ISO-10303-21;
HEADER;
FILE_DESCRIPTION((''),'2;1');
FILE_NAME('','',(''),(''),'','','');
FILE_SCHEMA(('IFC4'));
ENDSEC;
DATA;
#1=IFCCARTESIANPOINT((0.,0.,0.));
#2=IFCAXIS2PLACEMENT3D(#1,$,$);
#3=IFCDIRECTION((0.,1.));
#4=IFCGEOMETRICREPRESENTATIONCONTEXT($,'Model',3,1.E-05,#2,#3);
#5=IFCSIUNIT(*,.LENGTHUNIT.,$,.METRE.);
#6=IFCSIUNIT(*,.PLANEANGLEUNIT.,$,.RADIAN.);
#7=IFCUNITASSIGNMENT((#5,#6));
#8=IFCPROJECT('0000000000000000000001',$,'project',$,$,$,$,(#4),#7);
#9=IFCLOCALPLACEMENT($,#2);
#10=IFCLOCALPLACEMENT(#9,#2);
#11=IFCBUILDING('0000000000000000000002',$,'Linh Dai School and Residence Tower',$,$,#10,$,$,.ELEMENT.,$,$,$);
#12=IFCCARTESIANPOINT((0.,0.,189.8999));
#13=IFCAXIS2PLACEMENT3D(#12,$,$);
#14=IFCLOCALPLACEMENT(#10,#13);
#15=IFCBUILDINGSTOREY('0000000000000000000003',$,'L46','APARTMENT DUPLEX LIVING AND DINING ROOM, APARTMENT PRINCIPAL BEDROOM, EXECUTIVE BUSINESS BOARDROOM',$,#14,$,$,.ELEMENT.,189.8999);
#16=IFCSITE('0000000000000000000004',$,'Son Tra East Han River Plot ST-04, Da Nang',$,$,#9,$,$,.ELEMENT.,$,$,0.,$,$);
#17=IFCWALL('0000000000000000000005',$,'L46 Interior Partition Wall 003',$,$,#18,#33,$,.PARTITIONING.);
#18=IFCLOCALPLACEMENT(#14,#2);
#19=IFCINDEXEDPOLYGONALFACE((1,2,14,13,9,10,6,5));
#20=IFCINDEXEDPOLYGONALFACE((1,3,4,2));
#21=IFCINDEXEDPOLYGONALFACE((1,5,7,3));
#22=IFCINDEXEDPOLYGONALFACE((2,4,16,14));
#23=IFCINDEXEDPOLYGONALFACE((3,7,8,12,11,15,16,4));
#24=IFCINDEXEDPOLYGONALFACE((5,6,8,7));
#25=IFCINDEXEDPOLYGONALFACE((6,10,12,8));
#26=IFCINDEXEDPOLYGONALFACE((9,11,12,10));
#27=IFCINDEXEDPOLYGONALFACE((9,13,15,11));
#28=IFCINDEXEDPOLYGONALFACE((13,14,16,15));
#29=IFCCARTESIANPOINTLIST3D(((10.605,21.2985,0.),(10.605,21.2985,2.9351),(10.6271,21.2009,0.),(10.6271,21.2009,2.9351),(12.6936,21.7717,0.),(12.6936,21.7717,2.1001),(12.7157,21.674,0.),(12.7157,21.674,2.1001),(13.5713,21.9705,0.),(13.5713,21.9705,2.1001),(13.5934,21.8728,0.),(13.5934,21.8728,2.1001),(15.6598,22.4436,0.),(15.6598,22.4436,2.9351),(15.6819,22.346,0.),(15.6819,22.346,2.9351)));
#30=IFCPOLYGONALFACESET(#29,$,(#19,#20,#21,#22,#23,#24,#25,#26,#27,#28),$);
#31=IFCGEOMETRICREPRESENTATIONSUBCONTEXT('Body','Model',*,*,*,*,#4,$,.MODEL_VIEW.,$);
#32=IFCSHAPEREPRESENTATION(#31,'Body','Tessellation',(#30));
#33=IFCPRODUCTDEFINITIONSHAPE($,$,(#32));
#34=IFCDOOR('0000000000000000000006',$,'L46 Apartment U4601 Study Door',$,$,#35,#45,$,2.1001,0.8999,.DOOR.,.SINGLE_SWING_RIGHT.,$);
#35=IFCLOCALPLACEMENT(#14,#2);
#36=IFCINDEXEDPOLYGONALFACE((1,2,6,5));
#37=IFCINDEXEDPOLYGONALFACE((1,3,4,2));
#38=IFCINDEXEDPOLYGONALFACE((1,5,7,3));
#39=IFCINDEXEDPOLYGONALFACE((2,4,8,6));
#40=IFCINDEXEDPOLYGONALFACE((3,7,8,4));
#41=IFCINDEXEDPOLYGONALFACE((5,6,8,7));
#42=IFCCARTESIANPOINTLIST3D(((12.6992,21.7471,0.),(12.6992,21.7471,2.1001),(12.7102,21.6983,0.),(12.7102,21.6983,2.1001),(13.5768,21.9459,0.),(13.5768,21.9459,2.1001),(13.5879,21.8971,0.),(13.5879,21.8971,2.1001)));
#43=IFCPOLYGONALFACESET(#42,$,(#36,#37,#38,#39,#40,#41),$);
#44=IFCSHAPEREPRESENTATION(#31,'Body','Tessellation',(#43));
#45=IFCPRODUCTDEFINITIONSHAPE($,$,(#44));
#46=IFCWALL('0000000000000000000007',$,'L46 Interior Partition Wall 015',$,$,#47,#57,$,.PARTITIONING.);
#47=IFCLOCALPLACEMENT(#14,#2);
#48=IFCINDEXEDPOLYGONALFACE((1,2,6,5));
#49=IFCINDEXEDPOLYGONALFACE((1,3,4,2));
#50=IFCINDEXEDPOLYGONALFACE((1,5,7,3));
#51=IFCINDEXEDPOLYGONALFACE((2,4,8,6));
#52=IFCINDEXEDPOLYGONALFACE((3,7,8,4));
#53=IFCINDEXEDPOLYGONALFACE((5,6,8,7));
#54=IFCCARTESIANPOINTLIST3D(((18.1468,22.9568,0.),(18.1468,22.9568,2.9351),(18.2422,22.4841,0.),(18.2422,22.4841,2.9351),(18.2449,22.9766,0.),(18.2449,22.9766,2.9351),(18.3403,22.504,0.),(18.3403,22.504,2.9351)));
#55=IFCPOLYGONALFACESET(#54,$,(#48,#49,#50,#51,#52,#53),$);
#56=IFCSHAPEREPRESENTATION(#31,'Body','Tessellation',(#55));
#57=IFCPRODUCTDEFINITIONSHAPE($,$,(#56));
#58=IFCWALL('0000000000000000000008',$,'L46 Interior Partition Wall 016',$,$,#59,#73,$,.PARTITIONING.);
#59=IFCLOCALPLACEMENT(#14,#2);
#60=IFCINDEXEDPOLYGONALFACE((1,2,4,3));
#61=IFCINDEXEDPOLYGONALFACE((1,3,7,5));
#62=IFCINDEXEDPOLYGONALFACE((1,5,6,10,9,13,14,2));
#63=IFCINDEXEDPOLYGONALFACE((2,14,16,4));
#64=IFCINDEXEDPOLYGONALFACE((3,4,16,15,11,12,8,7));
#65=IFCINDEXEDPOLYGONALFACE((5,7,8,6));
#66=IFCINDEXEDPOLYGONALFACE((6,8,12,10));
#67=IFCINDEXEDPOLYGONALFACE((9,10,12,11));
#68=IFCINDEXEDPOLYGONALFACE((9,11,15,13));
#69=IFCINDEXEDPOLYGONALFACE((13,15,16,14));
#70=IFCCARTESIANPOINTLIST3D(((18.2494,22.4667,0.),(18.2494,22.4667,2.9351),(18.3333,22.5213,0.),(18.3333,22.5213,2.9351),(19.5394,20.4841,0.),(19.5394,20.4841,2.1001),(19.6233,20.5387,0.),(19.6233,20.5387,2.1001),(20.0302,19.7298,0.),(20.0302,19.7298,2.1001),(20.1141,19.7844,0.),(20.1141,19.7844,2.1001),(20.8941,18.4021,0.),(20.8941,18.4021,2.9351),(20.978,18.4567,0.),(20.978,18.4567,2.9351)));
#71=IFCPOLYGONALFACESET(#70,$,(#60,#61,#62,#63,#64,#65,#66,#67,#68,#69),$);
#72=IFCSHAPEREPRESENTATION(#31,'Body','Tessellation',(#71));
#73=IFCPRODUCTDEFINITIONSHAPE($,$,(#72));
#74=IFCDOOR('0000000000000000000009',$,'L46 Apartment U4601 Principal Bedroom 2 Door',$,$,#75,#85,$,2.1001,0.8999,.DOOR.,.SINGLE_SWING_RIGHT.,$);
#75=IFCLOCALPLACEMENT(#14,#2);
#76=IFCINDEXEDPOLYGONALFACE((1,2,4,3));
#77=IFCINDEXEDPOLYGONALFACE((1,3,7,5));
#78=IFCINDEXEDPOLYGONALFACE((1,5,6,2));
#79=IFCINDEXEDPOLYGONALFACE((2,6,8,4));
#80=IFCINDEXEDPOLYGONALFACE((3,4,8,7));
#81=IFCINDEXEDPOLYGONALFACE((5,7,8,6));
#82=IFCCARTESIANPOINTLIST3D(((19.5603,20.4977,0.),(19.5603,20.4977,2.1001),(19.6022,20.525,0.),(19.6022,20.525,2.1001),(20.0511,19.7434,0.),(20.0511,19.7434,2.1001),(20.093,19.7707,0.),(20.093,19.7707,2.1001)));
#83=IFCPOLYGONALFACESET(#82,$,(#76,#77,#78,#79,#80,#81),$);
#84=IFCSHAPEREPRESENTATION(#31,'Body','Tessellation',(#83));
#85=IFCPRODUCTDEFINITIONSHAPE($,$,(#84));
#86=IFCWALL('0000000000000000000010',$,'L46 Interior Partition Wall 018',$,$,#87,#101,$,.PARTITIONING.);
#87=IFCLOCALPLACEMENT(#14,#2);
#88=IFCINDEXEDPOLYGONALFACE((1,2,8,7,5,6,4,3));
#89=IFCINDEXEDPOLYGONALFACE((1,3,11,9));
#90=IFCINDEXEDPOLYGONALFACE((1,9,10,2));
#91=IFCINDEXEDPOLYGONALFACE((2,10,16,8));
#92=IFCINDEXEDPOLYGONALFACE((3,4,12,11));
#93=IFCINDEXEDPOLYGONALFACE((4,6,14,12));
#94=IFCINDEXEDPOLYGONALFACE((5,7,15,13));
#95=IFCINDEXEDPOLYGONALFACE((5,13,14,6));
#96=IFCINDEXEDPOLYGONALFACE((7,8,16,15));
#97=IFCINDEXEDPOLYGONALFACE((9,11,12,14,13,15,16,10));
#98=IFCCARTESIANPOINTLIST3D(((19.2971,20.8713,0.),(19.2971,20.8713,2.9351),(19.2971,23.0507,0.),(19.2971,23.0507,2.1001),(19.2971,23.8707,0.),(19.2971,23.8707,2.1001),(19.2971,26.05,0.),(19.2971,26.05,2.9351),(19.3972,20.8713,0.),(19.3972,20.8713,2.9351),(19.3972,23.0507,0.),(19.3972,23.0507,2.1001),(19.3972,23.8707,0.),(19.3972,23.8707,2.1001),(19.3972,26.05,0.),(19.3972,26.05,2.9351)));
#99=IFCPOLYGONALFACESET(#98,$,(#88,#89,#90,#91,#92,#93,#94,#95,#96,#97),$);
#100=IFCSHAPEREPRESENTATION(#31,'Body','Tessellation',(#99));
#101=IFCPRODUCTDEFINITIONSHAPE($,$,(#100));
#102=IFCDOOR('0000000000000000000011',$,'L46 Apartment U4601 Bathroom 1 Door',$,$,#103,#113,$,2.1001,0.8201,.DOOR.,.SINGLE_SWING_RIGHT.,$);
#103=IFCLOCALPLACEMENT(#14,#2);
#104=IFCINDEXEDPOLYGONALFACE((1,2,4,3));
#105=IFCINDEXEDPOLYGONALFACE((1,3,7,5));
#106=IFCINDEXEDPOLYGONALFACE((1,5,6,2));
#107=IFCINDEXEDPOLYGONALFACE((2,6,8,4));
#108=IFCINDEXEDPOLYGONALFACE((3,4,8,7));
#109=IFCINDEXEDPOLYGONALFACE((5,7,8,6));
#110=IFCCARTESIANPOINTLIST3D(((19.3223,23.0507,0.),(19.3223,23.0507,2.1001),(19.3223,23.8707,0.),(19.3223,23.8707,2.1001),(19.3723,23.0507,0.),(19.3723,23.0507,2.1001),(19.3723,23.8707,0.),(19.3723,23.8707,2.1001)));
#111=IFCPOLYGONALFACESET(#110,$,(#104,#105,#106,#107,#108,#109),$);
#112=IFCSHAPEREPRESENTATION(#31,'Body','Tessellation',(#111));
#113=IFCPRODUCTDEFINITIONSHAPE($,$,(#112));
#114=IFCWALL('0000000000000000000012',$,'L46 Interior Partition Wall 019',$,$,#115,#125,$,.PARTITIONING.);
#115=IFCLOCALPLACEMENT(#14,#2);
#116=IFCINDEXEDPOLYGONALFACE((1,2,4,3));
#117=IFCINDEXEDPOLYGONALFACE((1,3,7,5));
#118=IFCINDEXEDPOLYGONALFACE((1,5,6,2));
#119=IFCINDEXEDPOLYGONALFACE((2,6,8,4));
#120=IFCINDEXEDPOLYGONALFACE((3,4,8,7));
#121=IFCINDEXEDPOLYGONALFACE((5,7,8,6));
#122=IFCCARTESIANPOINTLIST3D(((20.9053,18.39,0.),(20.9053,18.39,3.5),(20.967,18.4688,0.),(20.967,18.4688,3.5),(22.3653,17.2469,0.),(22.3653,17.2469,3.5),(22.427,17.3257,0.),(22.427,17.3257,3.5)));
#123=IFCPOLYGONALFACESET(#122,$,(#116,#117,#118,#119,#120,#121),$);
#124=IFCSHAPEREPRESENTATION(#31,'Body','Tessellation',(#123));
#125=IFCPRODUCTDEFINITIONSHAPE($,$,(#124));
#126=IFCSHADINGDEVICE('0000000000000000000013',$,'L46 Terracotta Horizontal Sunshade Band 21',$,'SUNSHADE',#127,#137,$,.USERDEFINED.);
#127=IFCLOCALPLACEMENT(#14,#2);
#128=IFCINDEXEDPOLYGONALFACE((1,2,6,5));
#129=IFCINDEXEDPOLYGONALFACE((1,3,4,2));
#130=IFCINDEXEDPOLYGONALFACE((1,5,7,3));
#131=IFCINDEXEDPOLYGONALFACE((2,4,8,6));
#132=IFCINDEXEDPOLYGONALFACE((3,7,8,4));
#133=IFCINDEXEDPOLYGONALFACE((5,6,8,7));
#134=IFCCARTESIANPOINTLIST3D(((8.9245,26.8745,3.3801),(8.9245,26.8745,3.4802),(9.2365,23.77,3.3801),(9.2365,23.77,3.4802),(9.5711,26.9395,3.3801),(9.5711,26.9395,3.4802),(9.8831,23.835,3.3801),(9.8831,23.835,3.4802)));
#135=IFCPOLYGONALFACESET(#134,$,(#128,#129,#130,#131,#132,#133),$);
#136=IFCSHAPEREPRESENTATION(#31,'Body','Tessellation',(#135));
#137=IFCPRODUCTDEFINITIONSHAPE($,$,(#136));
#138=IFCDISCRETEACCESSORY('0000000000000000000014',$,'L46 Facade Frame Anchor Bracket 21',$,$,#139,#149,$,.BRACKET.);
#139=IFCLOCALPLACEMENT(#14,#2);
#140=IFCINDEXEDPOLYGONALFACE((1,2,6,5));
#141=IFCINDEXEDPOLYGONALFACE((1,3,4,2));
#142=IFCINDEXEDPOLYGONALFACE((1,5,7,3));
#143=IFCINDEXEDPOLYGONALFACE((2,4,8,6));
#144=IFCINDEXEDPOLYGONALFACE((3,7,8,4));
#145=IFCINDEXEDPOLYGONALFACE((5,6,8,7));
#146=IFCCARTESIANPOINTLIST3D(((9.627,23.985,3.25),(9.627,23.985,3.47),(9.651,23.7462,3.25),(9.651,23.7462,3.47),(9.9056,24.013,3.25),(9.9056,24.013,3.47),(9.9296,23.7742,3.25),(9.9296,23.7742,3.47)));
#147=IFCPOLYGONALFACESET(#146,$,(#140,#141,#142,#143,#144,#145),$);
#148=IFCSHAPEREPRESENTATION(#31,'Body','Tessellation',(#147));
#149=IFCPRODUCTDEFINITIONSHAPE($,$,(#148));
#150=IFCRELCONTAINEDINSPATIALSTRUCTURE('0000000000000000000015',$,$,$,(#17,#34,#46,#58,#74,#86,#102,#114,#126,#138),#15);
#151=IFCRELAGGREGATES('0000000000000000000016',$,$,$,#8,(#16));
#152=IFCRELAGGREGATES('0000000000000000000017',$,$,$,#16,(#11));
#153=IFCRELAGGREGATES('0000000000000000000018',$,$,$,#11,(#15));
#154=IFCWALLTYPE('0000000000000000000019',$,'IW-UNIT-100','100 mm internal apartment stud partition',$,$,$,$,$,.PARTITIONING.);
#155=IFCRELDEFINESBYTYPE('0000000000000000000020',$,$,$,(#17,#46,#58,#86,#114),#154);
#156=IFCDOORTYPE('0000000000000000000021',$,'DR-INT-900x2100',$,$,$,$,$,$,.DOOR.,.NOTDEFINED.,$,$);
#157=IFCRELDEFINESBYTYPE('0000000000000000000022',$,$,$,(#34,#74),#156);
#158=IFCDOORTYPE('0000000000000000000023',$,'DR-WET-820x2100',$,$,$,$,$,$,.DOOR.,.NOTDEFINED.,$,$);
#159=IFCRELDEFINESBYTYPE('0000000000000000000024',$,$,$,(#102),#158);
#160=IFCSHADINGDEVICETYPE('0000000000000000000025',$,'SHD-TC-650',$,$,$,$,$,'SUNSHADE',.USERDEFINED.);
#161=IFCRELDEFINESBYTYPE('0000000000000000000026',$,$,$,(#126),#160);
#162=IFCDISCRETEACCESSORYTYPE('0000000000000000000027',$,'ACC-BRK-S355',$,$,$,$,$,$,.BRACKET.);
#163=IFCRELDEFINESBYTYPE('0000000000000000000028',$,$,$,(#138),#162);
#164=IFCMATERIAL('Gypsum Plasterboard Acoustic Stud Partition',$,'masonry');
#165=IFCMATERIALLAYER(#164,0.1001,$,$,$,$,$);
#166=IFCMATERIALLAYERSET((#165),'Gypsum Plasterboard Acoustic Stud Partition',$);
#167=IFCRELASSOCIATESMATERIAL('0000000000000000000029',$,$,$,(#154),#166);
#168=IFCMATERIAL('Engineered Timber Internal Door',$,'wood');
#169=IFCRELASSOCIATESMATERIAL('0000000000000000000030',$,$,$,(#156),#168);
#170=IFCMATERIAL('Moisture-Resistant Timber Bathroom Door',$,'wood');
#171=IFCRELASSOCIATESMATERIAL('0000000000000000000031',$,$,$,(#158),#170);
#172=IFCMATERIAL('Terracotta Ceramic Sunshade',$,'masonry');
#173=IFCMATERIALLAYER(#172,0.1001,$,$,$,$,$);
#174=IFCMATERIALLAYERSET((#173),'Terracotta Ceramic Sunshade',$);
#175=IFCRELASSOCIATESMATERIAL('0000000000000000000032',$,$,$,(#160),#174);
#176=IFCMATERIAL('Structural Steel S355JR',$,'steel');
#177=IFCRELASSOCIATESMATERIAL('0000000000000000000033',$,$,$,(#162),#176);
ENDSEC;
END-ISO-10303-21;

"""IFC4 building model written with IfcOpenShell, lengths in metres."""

from ifc_helpers import new_model, si_unit, direction, frame, frame_2d, origin, origin_2d, place, context, subcontext, project, spatial, rectangle, extrude, source, transform, mapped, material, layer, layer_set, type_object, element, fill, save


model = new_model("IFC4")

# Units and contexts
model_context = context("Model", 3, precision=1e-05, world=origin(), true_north=direction((0.0, 1.0)))
body_context = subcontext(model_context, "Body", "Model", "MODEL_VIEW")
ifc_project = project(units=[si_unit("LENGTHUNIT", "METRE"), si_unit("PLANEANGLEUNIT", "RADIAN")], contexts=[model_context])

# Site, building, storey
site_placement = place(None, origin())
site = spatial("IfcSite", under=ifc_project, at=site_placement, Name="Son Tra East Han River Plot ST-04, Da Nang", CompositionType="ELEMENT", RefElevation=0.0)
building_placement = place(site_placement, origin())
building = spatial("IfcBuilding", under=site, at=building_placement, Name="Linh Dai School and Residence Tower", CompositionType="ELEMENT")
storey_placement = place(building_placement, frame((0.0, 0.0, 189.8999)))
storey = spatial("IfcBuildingStorey", under=building, at=storey_placement, Name="L46", Description="APARTMENT DUPLEX LIVING AND DINING ROOM, APARTMENT PRINCIPAL BEDROOM, EXECUTIVE BUSINESS BOARDROOM", CompositionType="ELEMENT", Elevation=189.8999)

# Shared definitions
ifc_material_1 = material(Name="Structural Steel S355JR", Category="steel")

# Wall, opening, door
ifc_material_2 = material(Name="Gypsum Plasterboard Acoustic Stud Partition", Category="masonry")
ifc_layer_1 = layer(ifc_material_2, 0.1001)
ifc_layer_set_1 = layer_set([ifc_layer_1], Name="Gypsum Plasterboard Acoustic Stud Partition")
wall_type_1 = type_object("IfcWallType", Name="IW-UNIT-100", Description="100 mm internal apartment stud partition", PredefinedType="PARTITIONING", material=ifc_layer_set_1)
wall_1_placement = place(storey_placement, frame((10.6162, 21.2498, 0.0), z_axis=(0.0, 0.0, 1.0), x_axis=(0.97529, 0.220929, 0.0)))
wall_1 = element("IfcWall", 1, at=wall_1_placement, inside=storey, type_object=wall_type_1, Name="L46 Interior Partition Wall 003", PredefinedType="PARTITIONING", context=body_context, shape_type="SweptSolid", body=[
    extrude(rectangle(XDim=5.1829, YDim=0.1001, at=frame_2d((2.5913, 0.0))), origin(), (0.0, 0.0, 1.0), 2.9351),
])
opening_1_placement = place(wall_1_placement, frame((2.1414, 0.0, 0.0)))
opening_1 = element("IfcOpeningElement", 2, at=opening_1_placement, cuts=wall_1, PredefinedType="OPENING", context=body_context, shape_type="SweptSolid", body=[
    extrude(rectangle(XDim=0.8999, YDim=2.1001, at=origin_2d()), frame((0.45, 0.0601, 1.05), z_axis=(0.0, -1.0, 0.0), x_axis=(1.0, 0.0, 0.0)), (0.0, 0.0, 1.0), 0.1201),
])
ifc_material_3 = material(Name="Engineered Timber Internal Door", Category="wood")
door_type_1 = type_object("IfcDoorType", Name="DR-INT-900x2100", OperationType="NOTDEFINED", PredefinedType="DOOR", material=ifc_material_3)
shared_shape_1 = source(origin(), body_context, "Body", "SweptSolid", [
    extrude(rectangle(XDim=0.8999, YDim=2.1001, at=origin_2d()), frame((0.45, 0.0249, 1.05), z_axis=(0.0, -1.0, 0.0), x_axis=(1.0, 0.0, 0.0)), (0.0, 0.0, 1.0), 0.05),
])
door_1_placement = place(opening_1_placement, origin())
door_1 = element("IfcDoor", 3, at=door_1_placement, inside=storey, type_object=door_type_1, Name="L46 Apartment U4601 Study Door", OperationType="SINGLE_SWING_RIGHT", OverallHeight=2.1001, OverallWidth=0.8999, PredefinedType="DOOR", context=body_context, shape_type="MappedRepresentation", body=[
    mapped(shared_shape_1, transform((0.0, 0.0, 0.0), x_axis=(1.0, 0.0, 0.0), y_axis=(0.0, 1.0, 0.0), z_axis=(0.0, 0.0, 1.0), scale=1.0)),
])
fill(opening_1, door_1)

# Wall
wall_2_placement = place(storey_placement, frame((18.1958, 22.9668, 0.0), z_axis=(0.0, 0.0, 1.0), x_axis=(0.197966, -0.980209, 0.0)))
element("IfcWall", 4, at=wall_2_placement, inside=storey, type_object=wall_type_1, Name="L46 Interior Partition Wall 015", PredefinedType="PARTITIONING", context=body_context, shape_type="SweptSolid", body=[
    extrude(rectangle(XDim=0.4822, YDim=0.1001, at=frame_2d((0.2412, 0.0))), origin(), (0.0, 0.0, 1.0), 2.9351),
])

# Walls, openings, doors
wall_3_placement = place(storey_placement, frame((18.2913, 22.4941, 0.0), z_axis=(0.0, 0.0, 1.0), x_axis=(0.545383, -0.838187, 0.0)))
wall_3 = element("IfcWall", 5, at=wall_3_placement, inside=storey, type_object=wall_type_1, Name="L46 Interior Partition Wall 016", PredefinedType="PARTITIONING", context=body_context, shape_type="SweptSolid", body=[
    extrude(rectangle(XDim=4.8494, YDim=0.1001, at=frame_2d((2.4248, 0.0))), origin(), (0.0, 0.0, 1.0), 2.9351),
])
opening_2_placement = place(wall_3_placement, frame((2.3655, 0.0, 0.0)))
opening_2 = element("IfcOpeningElement", 6, at=opening_2_placement, cuts=wall_3, PredefinedType="OPENING", context=body_context, shape_type="SweptSolid", body=[
    extrude(rectangle(XDim=0.8999, YDim=2.1001, at=origin_2d()), frame((0.45, 0.0601, 1.05), z_axis=(0.0, -1.0, 0.0), x_axis=(1.0, 0.0, 0.0)), (0.0, 0.0, 1.0), 0.1201),
])
door_2_placement = place(opening_2_placement, origin())
door_2 = element("IfcDoor", 7, at=door_2_placement, inside=storey, type_object=door_type_1, Name="L46 Apartment U4601 Principal Bedroom 2 Door", OperationType="SINGLE_SWING_RIGHT", OverallHeight=2.1001, OverallWidth=0.8999, PredefinedType="DOOR", context=body_context, shape_type="MappedRepresentation", body=[
    mapped(shared_shape_1, transform((0.0, 0.0, 0.0), x_axis=(1.0, 0.0, 0.0), y_axis=(0.0, 1.0, 0.0), z_axis=(0.0, 0.0, 1.0), scale=1.0)),
])
fill(opening_2, door_2)
wall_4_placement = place(storey_placement, frame((19.3472, 20.8713, 0.0), z_axis=(0.0, 0.0, 1.0), x_axis=(0.0, 1.0, 0.0)))
wall_4 = element("IfcWall", 8, at=wall_4_placement, inside=storey, type_object=wall_type_1, Name="L46 Interior Partition Wall 018", PredefinedType="PARTITIONING", context=body_context, shape_type="SweptSolid", body=[
    extrude(rectangle(XDim=5.1787, YDim=0.1001, at=frame_2d((2.5894, 0.0))), origin(), (0.0, 0.0, 1.0), 2.9351),
])
opening_3_placement = place(wall_4_placement, frame((2.1792, 0.0, 0.0)))
opening_3 = element("IfcOpeningElement", 9, at=opening_3_placement, cuts=wall_4, PredefinedType="OPENING", context=body_context, shape_type="SweptSolid", body=[
    extrude(rectangle(XDim=0.8201, YDim=2.1001, at=origin_2d()), frame((0.4102, 0.0601, 1.05), z_axis=(0.0, -1.0, 0.0), x_axis=(1.0, 0.0, 0.0)), (0.0, 0.0, 1.0), 0.1201),
])
ifc_material_4 = material(Name="Moisture-Resistant Timber Bathroom Door", Category="wood")
door_type_2 = type_object("IfcDoorType", Name="DR-WET-820x2100", OperationType="NOTDEFINED", PredefinedType="DOOR", material=ifc_material_4)
shared_shape_2 = source(origin(), body_context, "Body", "SweptSolid", [
    extrude(rectangle(XDim=0.8201, YDim=2.1001, at=origin_2d()), frame((0.4102, 0.0249, 1.05), z_axis=(0.0, -1.0, 0.0), x_axis=(1.0, 0.0, 0.0)), (0.0, 0.0, 1.0), 0.05),
])
door_3_placement = place(opening_3_placement, origin())
door_3 = element("IfcDoor", 10, at=door_3_placement, inside=storey, type_object=door_type_2, Name="L46 Apartment U4601 Bathroom 1 Door", OperationType="SINGLE_SWING_RIGHT", OverallHeight=2.1001, OverallWidth=0.8201, PredefinedType="DOOR", context=body_context, shape_type="MappedRepresentation", body=[
    mapped(shared_shape_2, transform((0.0, 0.0, 0.0), x_axis=(1.0, 0.0, 0.0), y_axis=(0.0, 1.0, 0.0), z_axis=(0.0, 0.0, 1.0), scale=1.0)),
])
fill(opening_3, door_3)

# Wall
wall_5_placement = place(storey_placement, frame((20.936, 18.4294, 0.0), z_axis=(0.0, 0.0, 1.0), x_axis=(0.787377, -0.616472, 0.0)))
element("IfcWall", 11, at=wall_5_placement, inside=storey, type_object=wall_type_1, Name="L46 Interior Partition Wall 019", PredefinedType="PARTITIONING", context=body_context, shape_type="SweptSolid", body=[
    extrude(rectangle(XDim=1.8542, YDim=0.1001, at=frame_2d((0.9272, 0.0))), origin(), (0.0, 0.0, 1.0), 3.5),
])

# Shading device
ifc_material_5 = material(Name="Terracotta Ceramic Sunshade", Category="masonry")
ifc_layer_2 = layer(ifc_material_5, 0.1001)
ifc_layer_set_2 = layer_set([ifc_layer_2], Name="Terracotta Ceramic Sunshade")
shading_device_type = type_object("IfcShadingDeviceType", Name="SHD-TC-650", ElementType="SUNSHADE", PredefinedType="USERDEFINED", material=ifc_layer_set_2)
shared_shape_3 = source(origin(), body_context, "Body", "SweptSolid", [
    extrude(rectangle(XDim=3.1201, YDim=0.6499, at=origin_2d()), origin(), (0.0, 0.0, 1.0), 0.1001),
])
shading_device_placement = place(storey_placement, frame((9.4038, 25.3547, 3.3801), z_axis=(0.0, 0.0, 1.0), x_axis=(-0.100002, 0.994987, 0.0)))
element("IfcShadingDevice", 12, at=shading_device_placement, inside=storey, type_object=shading_device_type, Name="L46 Terracotta Horizontal Sunshade Band 21", ObjectType="SUNSHADE", PredefinedType="USERDEFINED", context=body_context, shape_type="MappedRepresentation", body=[
    mapped(shared_shape_3, transform((0.0, 0.0, 0.0), x_axis=(1.0, 0.0, 0.0), y_axis=(0.0, 1.0, 0.0), z_axis=(0.0, 0.0, 1.0), scale=1.0)),
])

# Discrete accessory
discrete_accessory_type = type_object("IfcDiscreteAccessoryType", Name="ACC-BRK-S355", PredefinedType="BRACKET", material=ifc_material_1)
shared_shape_4 = source(origin(), body_context, "Body", "SweptSolid", [
    extrude(rectangle(XDim=0.28, YDim=0.24, at=origin_2d()), origin(), (0.0, 0.0, 1.0), 0.22),
])
discrete_accessory_placement = place(storey_placement, frame((9.7783, 23.8796, 3.25), z_axis=(0.0, 0.0, 1.0), x_axis=(-0.994987, -0.100002, 0.0)))
element("IfcDiscreteAccessory", 13, at=discrete_accessory_placement, inside=storey, type_object=discrete_accessory_type, Name="L46 Facade Frame Anchor Bracket 21", PredefinedType="BRACKET", context=body_context, shape_type="MappedRepresentation", body=[
    mapped(shared_shape_4, transform((0.0, 0.0, 0.0), x_axis=(1.0, 0.0, 0.0), y_axis=(0.0, 1.0, 0.0), z_axis=(0.0, 0.0, 1.0), scale=1.0)),
])

save(model, "model.ifc")
